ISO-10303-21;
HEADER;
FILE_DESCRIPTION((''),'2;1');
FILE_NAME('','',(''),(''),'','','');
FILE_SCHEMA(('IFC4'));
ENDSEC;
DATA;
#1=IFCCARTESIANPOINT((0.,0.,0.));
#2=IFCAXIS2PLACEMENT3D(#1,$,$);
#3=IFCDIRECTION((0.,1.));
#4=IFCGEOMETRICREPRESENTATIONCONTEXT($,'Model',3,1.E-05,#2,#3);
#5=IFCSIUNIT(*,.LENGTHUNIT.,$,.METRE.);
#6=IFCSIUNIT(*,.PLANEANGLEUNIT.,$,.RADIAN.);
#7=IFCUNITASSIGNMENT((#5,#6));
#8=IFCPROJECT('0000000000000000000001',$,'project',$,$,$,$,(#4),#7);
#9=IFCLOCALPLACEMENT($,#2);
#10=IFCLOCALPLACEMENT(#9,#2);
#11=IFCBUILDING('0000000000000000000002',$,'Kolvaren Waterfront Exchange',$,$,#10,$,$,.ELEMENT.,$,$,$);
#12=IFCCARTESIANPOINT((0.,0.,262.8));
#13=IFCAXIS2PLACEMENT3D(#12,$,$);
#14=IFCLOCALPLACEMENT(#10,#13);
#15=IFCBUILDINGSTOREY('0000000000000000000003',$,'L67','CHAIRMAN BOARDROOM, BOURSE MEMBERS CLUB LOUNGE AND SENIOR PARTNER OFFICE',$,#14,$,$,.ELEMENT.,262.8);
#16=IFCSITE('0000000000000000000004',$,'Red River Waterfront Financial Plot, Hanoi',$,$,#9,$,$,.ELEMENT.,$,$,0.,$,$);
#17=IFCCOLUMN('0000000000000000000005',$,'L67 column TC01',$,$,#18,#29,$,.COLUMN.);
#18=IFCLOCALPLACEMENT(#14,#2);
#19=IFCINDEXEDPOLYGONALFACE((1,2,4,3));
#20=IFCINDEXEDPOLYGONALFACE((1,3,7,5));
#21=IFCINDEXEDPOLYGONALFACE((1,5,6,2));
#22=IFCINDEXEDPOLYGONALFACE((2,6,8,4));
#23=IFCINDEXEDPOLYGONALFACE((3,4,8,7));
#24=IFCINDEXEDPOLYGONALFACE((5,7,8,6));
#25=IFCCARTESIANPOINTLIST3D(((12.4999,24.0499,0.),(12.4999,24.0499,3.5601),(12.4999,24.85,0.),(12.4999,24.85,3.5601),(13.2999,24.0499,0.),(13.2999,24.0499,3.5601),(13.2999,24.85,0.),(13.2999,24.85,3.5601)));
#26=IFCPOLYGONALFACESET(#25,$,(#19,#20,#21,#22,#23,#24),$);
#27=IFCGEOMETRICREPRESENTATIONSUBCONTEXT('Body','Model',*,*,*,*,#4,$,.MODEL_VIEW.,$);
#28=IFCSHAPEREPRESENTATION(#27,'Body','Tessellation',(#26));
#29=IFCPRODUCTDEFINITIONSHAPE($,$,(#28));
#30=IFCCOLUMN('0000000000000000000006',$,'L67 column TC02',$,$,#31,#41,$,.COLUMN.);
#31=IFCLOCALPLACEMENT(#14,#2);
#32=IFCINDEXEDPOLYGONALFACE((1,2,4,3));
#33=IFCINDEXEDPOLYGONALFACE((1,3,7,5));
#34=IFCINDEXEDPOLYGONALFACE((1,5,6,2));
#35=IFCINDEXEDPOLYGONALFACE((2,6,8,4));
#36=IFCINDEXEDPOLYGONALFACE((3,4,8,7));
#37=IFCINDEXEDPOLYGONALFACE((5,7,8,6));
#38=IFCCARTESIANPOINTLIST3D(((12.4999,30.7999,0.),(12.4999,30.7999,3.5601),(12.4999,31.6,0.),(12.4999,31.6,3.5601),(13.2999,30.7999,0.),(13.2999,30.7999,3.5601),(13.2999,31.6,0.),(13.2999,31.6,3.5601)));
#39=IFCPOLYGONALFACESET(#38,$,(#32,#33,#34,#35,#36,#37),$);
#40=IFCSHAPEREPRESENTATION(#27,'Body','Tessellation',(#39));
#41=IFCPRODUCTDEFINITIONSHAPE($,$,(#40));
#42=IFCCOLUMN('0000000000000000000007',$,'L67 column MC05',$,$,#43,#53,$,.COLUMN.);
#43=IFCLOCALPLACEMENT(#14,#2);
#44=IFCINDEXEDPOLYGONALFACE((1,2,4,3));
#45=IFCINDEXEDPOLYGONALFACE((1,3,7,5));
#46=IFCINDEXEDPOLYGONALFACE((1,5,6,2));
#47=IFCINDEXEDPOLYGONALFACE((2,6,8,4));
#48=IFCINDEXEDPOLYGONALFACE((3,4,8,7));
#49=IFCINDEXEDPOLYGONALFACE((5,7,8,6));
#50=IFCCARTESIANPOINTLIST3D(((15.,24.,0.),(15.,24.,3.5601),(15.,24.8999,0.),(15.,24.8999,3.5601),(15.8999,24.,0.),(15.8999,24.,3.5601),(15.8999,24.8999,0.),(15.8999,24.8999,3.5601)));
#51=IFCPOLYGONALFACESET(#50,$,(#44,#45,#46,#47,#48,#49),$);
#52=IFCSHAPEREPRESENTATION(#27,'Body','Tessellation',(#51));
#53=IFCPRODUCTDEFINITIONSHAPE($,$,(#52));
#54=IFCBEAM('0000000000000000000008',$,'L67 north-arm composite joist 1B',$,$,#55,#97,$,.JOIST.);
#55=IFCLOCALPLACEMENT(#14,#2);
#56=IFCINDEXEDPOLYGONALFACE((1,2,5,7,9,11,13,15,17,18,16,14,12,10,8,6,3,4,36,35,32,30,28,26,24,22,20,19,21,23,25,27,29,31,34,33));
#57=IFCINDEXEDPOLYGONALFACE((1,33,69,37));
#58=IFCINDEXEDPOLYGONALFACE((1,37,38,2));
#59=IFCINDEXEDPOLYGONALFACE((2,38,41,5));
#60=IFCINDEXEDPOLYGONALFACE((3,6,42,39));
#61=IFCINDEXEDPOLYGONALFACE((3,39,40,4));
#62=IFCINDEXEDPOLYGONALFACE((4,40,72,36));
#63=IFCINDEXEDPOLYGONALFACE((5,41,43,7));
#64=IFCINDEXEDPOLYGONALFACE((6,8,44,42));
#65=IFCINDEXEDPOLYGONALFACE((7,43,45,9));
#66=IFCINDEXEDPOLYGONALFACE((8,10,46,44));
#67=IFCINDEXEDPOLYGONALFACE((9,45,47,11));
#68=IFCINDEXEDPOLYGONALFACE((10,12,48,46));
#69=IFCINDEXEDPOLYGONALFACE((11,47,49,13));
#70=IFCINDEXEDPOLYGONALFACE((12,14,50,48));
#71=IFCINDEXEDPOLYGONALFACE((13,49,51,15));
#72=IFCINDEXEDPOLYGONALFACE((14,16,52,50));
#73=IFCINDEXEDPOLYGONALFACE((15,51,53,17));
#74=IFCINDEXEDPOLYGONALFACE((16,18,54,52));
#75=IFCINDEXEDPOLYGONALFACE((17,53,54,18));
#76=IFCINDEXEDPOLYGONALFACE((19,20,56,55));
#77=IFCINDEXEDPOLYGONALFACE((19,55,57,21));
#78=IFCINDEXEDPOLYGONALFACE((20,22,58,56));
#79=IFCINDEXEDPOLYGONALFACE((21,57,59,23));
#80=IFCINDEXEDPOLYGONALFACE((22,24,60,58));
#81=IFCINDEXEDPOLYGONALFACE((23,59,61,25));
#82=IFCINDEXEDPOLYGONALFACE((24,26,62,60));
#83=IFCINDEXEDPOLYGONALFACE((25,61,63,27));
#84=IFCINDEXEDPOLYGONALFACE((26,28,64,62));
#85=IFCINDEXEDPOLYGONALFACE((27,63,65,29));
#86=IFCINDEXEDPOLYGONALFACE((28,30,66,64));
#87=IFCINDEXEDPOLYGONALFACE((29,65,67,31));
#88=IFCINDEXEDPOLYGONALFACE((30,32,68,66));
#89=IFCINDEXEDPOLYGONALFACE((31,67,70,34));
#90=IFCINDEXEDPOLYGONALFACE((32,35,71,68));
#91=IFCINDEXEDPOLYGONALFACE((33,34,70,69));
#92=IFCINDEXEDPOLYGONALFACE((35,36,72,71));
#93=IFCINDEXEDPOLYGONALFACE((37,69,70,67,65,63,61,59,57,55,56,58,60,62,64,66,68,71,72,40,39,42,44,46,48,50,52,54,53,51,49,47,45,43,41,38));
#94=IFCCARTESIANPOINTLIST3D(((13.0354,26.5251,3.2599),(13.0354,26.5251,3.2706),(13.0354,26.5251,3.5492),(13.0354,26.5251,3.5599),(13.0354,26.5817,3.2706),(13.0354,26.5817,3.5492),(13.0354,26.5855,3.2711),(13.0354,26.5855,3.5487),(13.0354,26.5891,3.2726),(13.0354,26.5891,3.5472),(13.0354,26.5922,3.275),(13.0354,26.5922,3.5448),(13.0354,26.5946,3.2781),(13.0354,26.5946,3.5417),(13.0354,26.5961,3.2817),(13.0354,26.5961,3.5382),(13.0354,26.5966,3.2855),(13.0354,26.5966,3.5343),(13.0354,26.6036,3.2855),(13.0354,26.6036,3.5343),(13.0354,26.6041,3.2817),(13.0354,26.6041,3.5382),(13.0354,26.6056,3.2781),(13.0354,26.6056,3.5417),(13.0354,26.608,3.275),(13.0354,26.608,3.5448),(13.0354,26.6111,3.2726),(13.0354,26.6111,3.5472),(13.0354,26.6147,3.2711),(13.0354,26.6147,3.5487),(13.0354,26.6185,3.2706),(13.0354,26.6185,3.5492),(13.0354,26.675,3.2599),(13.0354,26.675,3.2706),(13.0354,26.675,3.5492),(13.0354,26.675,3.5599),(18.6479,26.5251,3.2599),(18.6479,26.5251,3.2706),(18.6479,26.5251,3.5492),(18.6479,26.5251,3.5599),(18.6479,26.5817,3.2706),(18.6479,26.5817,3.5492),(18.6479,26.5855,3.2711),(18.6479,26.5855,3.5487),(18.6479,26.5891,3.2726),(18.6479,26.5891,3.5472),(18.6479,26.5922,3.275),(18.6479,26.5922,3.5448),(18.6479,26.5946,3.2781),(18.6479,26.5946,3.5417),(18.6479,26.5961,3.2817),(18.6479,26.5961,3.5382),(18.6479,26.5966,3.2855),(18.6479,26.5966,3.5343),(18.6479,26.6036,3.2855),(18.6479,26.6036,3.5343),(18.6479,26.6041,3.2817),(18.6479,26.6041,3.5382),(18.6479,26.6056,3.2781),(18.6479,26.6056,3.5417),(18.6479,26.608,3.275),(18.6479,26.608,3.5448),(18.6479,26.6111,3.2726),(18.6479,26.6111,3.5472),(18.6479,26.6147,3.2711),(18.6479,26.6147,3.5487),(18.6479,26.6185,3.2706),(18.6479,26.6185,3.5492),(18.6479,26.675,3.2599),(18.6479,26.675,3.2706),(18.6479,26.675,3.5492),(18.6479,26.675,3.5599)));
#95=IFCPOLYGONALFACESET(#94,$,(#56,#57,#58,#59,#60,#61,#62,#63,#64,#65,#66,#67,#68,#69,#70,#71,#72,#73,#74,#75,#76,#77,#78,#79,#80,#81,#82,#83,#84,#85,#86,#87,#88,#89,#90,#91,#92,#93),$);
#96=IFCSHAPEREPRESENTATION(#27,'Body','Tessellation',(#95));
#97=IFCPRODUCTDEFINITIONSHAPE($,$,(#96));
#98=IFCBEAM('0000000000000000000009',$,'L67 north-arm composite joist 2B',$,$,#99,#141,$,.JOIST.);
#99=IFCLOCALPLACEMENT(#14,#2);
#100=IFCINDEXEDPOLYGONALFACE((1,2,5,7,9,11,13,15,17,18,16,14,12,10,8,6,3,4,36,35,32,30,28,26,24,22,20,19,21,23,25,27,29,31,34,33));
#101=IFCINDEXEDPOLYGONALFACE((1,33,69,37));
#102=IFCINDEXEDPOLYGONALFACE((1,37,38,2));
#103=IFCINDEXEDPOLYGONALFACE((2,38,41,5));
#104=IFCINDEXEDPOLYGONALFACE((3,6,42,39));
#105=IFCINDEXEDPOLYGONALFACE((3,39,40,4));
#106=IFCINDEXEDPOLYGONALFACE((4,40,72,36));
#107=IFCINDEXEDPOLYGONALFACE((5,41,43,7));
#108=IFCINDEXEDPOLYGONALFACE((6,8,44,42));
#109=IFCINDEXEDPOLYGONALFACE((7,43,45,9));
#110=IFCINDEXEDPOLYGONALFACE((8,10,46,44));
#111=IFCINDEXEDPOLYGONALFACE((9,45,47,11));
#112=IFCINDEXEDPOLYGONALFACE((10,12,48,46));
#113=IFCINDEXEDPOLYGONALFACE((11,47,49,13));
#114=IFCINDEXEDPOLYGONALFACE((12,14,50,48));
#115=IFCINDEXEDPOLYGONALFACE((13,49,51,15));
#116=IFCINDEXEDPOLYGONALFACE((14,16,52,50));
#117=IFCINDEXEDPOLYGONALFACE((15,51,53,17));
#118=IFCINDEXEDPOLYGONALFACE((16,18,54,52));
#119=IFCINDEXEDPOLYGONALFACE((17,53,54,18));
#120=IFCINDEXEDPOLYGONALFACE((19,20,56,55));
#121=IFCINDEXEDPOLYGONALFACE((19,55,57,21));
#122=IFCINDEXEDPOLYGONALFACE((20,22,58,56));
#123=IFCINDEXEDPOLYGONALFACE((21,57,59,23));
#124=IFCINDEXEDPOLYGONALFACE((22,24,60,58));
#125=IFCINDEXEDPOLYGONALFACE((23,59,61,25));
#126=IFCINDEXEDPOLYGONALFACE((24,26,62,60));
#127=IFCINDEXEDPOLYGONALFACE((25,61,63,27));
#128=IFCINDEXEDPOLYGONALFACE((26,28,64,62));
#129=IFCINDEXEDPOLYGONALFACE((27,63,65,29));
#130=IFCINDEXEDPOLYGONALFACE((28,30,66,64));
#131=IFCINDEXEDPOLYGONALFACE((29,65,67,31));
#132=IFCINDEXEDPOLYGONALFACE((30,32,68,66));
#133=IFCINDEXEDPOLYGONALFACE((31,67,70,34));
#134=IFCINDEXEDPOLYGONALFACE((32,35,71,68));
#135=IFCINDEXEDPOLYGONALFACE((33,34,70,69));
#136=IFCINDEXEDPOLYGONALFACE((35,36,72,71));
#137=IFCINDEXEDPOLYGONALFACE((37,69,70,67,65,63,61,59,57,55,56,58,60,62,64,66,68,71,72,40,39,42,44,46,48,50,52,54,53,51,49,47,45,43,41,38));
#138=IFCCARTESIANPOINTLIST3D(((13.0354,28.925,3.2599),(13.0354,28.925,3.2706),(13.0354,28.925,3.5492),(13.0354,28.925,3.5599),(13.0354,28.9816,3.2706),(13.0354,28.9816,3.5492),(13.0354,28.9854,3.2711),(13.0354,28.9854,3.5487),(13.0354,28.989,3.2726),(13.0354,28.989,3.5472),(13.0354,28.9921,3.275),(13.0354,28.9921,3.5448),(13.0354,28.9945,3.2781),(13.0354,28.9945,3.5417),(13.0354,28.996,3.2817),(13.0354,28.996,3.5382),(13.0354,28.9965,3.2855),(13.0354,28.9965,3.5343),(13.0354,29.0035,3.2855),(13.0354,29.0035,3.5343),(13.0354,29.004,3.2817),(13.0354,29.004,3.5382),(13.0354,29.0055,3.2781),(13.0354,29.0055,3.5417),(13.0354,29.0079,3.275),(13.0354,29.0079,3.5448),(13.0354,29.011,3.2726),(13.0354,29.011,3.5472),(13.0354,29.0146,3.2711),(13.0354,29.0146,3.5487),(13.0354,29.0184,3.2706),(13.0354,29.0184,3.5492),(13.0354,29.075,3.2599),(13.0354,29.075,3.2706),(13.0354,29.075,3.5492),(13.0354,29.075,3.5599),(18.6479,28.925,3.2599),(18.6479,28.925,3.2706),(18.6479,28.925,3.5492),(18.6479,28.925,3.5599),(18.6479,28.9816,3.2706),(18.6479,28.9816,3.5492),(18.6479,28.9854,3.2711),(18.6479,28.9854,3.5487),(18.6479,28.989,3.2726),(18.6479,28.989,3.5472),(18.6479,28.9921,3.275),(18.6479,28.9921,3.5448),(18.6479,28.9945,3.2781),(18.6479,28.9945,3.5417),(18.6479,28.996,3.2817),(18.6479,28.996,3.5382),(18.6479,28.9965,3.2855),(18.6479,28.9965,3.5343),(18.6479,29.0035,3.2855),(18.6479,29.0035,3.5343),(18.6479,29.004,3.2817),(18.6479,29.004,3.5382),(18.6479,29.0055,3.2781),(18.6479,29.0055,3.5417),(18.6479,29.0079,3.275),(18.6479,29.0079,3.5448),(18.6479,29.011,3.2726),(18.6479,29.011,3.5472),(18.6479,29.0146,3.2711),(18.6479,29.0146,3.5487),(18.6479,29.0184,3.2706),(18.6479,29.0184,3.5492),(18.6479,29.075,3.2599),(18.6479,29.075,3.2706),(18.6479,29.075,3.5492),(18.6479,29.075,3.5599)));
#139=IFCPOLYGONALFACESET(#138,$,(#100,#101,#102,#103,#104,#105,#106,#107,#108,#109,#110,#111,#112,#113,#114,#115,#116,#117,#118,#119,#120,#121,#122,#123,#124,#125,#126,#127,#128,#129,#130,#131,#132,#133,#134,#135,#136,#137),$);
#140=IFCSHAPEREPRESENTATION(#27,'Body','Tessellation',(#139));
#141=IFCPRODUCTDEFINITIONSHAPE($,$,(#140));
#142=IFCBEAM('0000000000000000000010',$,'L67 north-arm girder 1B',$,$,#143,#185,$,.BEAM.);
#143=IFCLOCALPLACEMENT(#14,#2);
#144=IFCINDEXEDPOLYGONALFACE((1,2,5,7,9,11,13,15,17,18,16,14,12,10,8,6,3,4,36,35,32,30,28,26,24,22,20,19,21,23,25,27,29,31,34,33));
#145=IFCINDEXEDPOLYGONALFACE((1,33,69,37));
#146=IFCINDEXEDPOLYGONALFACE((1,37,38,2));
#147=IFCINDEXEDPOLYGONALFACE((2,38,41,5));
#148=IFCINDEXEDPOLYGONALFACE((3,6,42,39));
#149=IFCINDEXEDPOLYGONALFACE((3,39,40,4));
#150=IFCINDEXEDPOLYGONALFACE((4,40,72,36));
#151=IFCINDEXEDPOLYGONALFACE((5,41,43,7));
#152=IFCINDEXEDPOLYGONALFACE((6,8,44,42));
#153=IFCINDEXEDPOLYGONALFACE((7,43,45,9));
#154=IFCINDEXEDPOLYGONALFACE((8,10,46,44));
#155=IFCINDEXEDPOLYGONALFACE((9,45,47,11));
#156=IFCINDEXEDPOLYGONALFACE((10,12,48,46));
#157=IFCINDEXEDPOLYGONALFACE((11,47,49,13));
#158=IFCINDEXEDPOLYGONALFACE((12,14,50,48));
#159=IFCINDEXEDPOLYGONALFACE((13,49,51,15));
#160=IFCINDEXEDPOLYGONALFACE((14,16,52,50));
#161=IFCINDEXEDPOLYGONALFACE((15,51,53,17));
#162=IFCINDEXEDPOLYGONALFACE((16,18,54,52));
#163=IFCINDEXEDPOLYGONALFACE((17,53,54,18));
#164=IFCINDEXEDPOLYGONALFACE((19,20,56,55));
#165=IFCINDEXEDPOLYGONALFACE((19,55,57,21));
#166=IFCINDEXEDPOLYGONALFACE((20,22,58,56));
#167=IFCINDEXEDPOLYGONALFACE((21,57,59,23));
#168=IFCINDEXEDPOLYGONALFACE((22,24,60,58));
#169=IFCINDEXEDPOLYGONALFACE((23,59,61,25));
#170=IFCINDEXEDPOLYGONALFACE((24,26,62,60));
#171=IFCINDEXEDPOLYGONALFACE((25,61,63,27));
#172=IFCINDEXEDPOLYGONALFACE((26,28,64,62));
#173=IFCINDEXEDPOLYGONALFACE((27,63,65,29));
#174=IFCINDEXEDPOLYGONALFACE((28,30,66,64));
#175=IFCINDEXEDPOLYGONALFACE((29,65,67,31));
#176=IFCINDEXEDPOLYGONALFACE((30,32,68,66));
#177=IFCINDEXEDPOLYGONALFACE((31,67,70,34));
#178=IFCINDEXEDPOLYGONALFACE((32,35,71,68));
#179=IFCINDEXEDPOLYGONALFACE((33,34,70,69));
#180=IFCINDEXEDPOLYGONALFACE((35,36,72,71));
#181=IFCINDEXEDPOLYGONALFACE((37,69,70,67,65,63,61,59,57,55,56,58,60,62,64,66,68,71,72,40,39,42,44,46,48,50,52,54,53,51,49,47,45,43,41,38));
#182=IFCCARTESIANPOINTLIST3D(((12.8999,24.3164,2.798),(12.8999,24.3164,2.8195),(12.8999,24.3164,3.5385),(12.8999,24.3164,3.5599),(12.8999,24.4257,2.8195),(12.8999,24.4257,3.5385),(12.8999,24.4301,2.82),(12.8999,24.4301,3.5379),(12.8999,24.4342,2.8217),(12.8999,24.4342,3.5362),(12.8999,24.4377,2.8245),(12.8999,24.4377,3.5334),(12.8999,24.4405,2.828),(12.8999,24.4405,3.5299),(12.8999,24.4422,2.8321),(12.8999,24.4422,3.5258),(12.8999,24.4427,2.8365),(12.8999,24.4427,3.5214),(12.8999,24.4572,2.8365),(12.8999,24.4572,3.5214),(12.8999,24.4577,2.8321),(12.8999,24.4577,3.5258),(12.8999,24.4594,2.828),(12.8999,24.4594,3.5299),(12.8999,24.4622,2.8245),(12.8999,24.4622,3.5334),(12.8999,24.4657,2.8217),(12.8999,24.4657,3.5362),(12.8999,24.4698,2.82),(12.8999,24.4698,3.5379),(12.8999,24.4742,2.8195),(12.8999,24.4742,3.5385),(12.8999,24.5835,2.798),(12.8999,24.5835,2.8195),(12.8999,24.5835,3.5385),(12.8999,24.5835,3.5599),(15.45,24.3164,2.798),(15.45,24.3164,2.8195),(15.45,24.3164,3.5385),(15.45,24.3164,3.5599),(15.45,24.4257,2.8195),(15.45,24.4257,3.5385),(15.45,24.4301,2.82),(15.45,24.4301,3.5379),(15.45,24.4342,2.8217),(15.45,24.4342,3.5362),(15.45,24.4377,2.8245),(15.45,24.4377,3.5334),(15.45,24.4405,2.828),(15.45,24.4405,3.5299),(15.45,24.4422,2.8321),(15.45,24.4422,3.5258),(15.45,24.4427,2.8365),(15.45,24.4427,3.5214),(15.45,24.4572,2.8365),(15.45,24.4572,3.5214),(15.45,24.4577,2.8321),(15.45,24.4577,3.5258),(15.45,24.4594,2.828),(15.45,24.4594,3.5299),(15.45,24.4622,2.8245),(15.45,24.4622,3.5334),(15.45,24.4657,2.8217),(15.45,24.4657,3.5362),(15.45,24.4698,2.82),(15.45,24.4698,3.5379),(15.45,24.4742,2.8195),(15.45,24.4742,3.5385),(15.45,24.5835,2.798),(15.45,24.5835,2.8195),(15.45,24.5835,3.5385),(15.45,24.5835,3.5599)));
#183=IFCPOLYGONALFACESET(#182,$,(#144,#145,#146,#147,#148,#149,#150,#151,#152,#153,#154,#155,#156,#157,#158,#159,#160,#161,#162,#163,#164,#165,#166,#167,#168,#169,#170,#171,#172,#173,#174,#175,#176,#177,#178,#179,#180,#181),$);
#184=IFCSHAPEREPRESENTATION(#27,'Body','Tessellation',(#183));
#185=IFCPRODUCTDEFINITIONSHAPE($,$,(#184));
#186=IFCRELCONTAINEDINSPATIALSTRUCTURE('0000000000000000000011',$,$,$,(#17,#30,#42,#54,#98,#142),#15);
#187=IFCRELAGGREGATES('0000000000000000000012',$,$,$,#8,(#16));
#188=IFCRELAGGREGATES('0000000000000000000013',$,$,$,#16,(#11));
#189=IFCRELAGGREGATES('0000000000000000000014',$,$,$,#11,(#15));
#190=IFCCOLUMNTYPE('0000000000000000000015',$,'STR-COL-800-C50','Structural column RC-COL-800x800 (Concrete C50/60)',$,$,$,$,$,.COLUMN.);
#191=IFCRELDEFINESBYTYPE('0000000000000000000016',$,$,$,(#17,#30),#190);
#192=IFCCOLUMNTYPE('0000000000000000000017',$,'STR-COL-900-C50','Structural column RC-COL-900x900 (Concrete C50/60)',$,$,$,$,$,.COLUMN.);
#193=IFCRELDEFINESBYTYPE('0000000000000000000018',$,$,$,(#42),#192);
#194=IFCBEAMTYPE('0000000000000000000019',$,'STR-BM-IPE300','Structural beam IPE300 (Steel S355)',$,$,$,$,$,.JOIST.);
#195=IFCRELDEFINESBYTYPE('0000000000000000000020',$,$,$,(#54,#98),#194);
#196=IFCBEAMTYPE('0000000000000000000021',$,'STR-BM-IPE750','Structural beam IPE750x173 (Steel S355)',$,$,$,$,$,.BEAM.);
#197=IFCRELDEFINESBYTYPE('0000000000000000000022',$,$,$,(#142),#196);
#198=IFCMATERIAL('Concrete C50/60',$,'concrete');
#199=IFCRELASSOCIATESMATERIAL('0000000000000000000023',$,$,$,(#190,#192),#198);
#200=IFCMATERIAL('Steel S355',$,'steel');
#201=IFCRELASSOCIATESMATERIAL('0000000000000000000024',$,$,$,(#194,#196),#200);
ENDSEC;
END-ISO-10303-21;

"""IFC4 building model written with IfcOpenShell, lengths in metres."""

from ifc_helpers import new_model, si_unit, direction, frame, origin, origin_2d, place, context, subcontext, project, spatial, rectangle, i_section, extrude, material, material_profile, profile_set, type_object, element, save


model = new_model("IFC4")

# Units and contexts
model_context = context("Model", 3, precision=1e-05, world=origin(), true_north=direction((0.0, 1.0)))
body_context = subcontext(model_context, "Body", "Model", "MODEL_VIEW")
ifc_project = project(units=[si_unit("LENGTHUNIT", "METRE"), si_unit("PLANEANGLEUNIT", "RADIAN")], contexts=[model_context])

# Site, building, storey
site_placement = place(None, origin())
site = spatial("IfcSite", under=ifc_project, at=site_placement, Name="Red River Waterfront Financial Plot, Hanoi", CompositionType="ELEMENT", RefElevation=0.0)
building_placement = place(site_placement, origin())
building = spatial("IfcBuilding", under=site, at=building_placement, Name="Kolvaren Waterfront Exchange", CompositionType="ELEMENT")
storey_placement = place(building_placement, frame((0.0, 0.0, 262.8)))
storey = spatial("IfcBuildingStorey", under=building, at=storey_placement, Name="L67", Description="CHAIRMAN BOARDROOM, BOURSE MEMBERS CLUB LOUNGE AND SENIOR PARTNER OFFICE", CompositionType="ELEMENT", Elevation=262.8)

# Columns
ifc_material_1 = material(Name="Concrete C50/60", Category="concrete")
ifc_material_profile_1 = material_profile(ifc_material_1, rectangle(XDim=0.8, YDim=0.8, at=origin_2d()), Name="RC-COL-800x800")
ifc_profile_set_1 = profile_set([ifc_material_profile_1], Name="Concrete C50/60")
column_type_1 = type_object("IfcColumnType", Name="STR-COL-800-C50", Description="Structural column RC-COL-800x800 (Concrete C50/60)", PredefinedType="COLUMN", material=ifc_profile_set_1)
for number, where, z_axis, x_axis, name in (
    (1, (12.8999, 24.45, 0.0), (0.0, 0.0, 1.0), (1.0, 0.0, 0.0), "L67 column TC01"),
    (2, (12.8999, 31.2, 0.0), (0.0, 0.0, 1.0), (1.0, 0.0, 0.0), "L67 column TC02"),
):
    element("IfcColumn", number, at=place(storey_placement, frame(where, z_axis=z_axis, x_axis=x_axis)), inside=storey, type_object=column_type_1, Name=name, PredefinedType="COLUMN", context=body_context, shape_type="SweptSolid", body=[
        extrude(rectangle(XDim=0.8, YDim=0.8, at=origin_2d()), origin(), (0.0, 0.0, 1.0), 3.5601),
    ])
ifc_material_profile_2 = material_profile(ifc_material_1, rectangle(XDim=0.8999, YDim=0.8999, at=origin_2d()), Name="RC-COL-900x900")
ifc_profile_set_2 = profile_set([ifc_material_profile_2], Name="Concrete C50/60")
column_type_2 = type_object("IfcColumnType", Name="STR-COL-900-C50", Description="Structural column RC-COL-900x900 (Concrete C50/60)", PredefinedType="COLUMN", material=ifc_profile_set_2)
column_placement = place(storey_placement, frame((15.45, 24.45, 0.0), z_axis=(0.0, 0.0, 1.0), x_axis=(1.0, 0.0, 0.0)))
element("IfcColumn", 3, at=column_placement, inside=storey, type_object=column_type_2, Name="L67 column MC05", PredefinedType="COLUMN", context=body_context, shape_type="SweptSolid", body=[
    extrude(rectangle(XDim=0.8999, YDim=0.8999, at=origin_2d()), origin(), (0.0, 0.0, 1.0), 3.5601),
])

# Beams
ifc_material_2 = material(Name="Steel S355", Category="steel")
ifc_material_profile_3 = material_profile(ifc_material_2, i_section(OverallWidth=0.1499, OverallDepth=0.3, WebThickness=0.0071, FlangeThickness=0.0107, FilletRadius=0.0149, at=origin_2d()), Name="IPE300")
ifc_profile_set_3 = profile_set([ifc_material_profile_3], Name="Steel S355")
beam_type_1 = type_object("IfcBeamType", Name="STR-BM-IPE300", Description="Structural beam IPE300 (Steel S355)", PredefinedType="JOIST", material=ifc_profile_set_3)
for number, where, z_axis, x_axis, name in (
    (4, (13.0354, 26.6001, 3.4099), (1.0, 0.0, 0.0), (0.0, 1.0, 0.0), "L67 north-arm composite joist 1B"),
    (5, (13.0354, 29.0, 3.4099), (1.0, 0.0, 0.0), (0.0, 1.0, 0.0), "L67 north-arm composite joist 2B"),
):
    element("IfcBeam", number, at=place(storey_placement, frame(where, z_axis=z_axis, x_axis=x_axis)), inside=storey, type_object=beam_type_1, Name=name, PredefinedType="JOIST", context=body_context, shape_type="SweptSolid", body=[
        extrude(i_section(OverallWidth=0.1499, OverallDepth=0.3, WebThickness=0.0071, FlangeThickness=0.0107, FilletRadius=0.0149, at=origin_2d()), origin(), (0.0, 0.0, 1.0), 5.6125),
    ])
ifc_material_profile_4 = material_profile(ifc_material_2, i_section(OverallWidth=0.2671, OverallDepth=0.762, WebThickness=0.0144, FlangeThickness=0.0215, FilletRadius=0.0171, at=origin_2d()), Name="IPE750x173")
ifc_profile_set_4 = profile_set([ifc_material_profile_4], Name="Steel S355")
beam_type_2 = type_object("IfcBeamType", Name="STR-BM-IPE750", Description="Structural beam IPE750x173 (Steel S355)", PredefinedType="BEAM", material=ifc_profile_set_4)
beam_1_placement = place(storey_placement, frame((12.8999, 24.45, 3.179), z_axis=(1.0, 0.0, 0.0), x_axis=(0.0, 1.0, 0.0)))
element("IfcBeam", 6, at=beam_1_placement, inside=storey, type_object=beam_type_2, Name="L67 north-arm girder 1B", PredefinedType="BEAM", context=body_context, shape_type="SweptSolid", body=[
    extrude(i_section(OverallWidth=0.2671, OverallDepth=0.762, WebThickness=0.0144, FlangeThickness=0.0215, FilletRadius=0.0171, at=origin_2d()), origin(), (0.0, 0.0, 1.0), 2.55),
])

save(model, "model.ifc")
